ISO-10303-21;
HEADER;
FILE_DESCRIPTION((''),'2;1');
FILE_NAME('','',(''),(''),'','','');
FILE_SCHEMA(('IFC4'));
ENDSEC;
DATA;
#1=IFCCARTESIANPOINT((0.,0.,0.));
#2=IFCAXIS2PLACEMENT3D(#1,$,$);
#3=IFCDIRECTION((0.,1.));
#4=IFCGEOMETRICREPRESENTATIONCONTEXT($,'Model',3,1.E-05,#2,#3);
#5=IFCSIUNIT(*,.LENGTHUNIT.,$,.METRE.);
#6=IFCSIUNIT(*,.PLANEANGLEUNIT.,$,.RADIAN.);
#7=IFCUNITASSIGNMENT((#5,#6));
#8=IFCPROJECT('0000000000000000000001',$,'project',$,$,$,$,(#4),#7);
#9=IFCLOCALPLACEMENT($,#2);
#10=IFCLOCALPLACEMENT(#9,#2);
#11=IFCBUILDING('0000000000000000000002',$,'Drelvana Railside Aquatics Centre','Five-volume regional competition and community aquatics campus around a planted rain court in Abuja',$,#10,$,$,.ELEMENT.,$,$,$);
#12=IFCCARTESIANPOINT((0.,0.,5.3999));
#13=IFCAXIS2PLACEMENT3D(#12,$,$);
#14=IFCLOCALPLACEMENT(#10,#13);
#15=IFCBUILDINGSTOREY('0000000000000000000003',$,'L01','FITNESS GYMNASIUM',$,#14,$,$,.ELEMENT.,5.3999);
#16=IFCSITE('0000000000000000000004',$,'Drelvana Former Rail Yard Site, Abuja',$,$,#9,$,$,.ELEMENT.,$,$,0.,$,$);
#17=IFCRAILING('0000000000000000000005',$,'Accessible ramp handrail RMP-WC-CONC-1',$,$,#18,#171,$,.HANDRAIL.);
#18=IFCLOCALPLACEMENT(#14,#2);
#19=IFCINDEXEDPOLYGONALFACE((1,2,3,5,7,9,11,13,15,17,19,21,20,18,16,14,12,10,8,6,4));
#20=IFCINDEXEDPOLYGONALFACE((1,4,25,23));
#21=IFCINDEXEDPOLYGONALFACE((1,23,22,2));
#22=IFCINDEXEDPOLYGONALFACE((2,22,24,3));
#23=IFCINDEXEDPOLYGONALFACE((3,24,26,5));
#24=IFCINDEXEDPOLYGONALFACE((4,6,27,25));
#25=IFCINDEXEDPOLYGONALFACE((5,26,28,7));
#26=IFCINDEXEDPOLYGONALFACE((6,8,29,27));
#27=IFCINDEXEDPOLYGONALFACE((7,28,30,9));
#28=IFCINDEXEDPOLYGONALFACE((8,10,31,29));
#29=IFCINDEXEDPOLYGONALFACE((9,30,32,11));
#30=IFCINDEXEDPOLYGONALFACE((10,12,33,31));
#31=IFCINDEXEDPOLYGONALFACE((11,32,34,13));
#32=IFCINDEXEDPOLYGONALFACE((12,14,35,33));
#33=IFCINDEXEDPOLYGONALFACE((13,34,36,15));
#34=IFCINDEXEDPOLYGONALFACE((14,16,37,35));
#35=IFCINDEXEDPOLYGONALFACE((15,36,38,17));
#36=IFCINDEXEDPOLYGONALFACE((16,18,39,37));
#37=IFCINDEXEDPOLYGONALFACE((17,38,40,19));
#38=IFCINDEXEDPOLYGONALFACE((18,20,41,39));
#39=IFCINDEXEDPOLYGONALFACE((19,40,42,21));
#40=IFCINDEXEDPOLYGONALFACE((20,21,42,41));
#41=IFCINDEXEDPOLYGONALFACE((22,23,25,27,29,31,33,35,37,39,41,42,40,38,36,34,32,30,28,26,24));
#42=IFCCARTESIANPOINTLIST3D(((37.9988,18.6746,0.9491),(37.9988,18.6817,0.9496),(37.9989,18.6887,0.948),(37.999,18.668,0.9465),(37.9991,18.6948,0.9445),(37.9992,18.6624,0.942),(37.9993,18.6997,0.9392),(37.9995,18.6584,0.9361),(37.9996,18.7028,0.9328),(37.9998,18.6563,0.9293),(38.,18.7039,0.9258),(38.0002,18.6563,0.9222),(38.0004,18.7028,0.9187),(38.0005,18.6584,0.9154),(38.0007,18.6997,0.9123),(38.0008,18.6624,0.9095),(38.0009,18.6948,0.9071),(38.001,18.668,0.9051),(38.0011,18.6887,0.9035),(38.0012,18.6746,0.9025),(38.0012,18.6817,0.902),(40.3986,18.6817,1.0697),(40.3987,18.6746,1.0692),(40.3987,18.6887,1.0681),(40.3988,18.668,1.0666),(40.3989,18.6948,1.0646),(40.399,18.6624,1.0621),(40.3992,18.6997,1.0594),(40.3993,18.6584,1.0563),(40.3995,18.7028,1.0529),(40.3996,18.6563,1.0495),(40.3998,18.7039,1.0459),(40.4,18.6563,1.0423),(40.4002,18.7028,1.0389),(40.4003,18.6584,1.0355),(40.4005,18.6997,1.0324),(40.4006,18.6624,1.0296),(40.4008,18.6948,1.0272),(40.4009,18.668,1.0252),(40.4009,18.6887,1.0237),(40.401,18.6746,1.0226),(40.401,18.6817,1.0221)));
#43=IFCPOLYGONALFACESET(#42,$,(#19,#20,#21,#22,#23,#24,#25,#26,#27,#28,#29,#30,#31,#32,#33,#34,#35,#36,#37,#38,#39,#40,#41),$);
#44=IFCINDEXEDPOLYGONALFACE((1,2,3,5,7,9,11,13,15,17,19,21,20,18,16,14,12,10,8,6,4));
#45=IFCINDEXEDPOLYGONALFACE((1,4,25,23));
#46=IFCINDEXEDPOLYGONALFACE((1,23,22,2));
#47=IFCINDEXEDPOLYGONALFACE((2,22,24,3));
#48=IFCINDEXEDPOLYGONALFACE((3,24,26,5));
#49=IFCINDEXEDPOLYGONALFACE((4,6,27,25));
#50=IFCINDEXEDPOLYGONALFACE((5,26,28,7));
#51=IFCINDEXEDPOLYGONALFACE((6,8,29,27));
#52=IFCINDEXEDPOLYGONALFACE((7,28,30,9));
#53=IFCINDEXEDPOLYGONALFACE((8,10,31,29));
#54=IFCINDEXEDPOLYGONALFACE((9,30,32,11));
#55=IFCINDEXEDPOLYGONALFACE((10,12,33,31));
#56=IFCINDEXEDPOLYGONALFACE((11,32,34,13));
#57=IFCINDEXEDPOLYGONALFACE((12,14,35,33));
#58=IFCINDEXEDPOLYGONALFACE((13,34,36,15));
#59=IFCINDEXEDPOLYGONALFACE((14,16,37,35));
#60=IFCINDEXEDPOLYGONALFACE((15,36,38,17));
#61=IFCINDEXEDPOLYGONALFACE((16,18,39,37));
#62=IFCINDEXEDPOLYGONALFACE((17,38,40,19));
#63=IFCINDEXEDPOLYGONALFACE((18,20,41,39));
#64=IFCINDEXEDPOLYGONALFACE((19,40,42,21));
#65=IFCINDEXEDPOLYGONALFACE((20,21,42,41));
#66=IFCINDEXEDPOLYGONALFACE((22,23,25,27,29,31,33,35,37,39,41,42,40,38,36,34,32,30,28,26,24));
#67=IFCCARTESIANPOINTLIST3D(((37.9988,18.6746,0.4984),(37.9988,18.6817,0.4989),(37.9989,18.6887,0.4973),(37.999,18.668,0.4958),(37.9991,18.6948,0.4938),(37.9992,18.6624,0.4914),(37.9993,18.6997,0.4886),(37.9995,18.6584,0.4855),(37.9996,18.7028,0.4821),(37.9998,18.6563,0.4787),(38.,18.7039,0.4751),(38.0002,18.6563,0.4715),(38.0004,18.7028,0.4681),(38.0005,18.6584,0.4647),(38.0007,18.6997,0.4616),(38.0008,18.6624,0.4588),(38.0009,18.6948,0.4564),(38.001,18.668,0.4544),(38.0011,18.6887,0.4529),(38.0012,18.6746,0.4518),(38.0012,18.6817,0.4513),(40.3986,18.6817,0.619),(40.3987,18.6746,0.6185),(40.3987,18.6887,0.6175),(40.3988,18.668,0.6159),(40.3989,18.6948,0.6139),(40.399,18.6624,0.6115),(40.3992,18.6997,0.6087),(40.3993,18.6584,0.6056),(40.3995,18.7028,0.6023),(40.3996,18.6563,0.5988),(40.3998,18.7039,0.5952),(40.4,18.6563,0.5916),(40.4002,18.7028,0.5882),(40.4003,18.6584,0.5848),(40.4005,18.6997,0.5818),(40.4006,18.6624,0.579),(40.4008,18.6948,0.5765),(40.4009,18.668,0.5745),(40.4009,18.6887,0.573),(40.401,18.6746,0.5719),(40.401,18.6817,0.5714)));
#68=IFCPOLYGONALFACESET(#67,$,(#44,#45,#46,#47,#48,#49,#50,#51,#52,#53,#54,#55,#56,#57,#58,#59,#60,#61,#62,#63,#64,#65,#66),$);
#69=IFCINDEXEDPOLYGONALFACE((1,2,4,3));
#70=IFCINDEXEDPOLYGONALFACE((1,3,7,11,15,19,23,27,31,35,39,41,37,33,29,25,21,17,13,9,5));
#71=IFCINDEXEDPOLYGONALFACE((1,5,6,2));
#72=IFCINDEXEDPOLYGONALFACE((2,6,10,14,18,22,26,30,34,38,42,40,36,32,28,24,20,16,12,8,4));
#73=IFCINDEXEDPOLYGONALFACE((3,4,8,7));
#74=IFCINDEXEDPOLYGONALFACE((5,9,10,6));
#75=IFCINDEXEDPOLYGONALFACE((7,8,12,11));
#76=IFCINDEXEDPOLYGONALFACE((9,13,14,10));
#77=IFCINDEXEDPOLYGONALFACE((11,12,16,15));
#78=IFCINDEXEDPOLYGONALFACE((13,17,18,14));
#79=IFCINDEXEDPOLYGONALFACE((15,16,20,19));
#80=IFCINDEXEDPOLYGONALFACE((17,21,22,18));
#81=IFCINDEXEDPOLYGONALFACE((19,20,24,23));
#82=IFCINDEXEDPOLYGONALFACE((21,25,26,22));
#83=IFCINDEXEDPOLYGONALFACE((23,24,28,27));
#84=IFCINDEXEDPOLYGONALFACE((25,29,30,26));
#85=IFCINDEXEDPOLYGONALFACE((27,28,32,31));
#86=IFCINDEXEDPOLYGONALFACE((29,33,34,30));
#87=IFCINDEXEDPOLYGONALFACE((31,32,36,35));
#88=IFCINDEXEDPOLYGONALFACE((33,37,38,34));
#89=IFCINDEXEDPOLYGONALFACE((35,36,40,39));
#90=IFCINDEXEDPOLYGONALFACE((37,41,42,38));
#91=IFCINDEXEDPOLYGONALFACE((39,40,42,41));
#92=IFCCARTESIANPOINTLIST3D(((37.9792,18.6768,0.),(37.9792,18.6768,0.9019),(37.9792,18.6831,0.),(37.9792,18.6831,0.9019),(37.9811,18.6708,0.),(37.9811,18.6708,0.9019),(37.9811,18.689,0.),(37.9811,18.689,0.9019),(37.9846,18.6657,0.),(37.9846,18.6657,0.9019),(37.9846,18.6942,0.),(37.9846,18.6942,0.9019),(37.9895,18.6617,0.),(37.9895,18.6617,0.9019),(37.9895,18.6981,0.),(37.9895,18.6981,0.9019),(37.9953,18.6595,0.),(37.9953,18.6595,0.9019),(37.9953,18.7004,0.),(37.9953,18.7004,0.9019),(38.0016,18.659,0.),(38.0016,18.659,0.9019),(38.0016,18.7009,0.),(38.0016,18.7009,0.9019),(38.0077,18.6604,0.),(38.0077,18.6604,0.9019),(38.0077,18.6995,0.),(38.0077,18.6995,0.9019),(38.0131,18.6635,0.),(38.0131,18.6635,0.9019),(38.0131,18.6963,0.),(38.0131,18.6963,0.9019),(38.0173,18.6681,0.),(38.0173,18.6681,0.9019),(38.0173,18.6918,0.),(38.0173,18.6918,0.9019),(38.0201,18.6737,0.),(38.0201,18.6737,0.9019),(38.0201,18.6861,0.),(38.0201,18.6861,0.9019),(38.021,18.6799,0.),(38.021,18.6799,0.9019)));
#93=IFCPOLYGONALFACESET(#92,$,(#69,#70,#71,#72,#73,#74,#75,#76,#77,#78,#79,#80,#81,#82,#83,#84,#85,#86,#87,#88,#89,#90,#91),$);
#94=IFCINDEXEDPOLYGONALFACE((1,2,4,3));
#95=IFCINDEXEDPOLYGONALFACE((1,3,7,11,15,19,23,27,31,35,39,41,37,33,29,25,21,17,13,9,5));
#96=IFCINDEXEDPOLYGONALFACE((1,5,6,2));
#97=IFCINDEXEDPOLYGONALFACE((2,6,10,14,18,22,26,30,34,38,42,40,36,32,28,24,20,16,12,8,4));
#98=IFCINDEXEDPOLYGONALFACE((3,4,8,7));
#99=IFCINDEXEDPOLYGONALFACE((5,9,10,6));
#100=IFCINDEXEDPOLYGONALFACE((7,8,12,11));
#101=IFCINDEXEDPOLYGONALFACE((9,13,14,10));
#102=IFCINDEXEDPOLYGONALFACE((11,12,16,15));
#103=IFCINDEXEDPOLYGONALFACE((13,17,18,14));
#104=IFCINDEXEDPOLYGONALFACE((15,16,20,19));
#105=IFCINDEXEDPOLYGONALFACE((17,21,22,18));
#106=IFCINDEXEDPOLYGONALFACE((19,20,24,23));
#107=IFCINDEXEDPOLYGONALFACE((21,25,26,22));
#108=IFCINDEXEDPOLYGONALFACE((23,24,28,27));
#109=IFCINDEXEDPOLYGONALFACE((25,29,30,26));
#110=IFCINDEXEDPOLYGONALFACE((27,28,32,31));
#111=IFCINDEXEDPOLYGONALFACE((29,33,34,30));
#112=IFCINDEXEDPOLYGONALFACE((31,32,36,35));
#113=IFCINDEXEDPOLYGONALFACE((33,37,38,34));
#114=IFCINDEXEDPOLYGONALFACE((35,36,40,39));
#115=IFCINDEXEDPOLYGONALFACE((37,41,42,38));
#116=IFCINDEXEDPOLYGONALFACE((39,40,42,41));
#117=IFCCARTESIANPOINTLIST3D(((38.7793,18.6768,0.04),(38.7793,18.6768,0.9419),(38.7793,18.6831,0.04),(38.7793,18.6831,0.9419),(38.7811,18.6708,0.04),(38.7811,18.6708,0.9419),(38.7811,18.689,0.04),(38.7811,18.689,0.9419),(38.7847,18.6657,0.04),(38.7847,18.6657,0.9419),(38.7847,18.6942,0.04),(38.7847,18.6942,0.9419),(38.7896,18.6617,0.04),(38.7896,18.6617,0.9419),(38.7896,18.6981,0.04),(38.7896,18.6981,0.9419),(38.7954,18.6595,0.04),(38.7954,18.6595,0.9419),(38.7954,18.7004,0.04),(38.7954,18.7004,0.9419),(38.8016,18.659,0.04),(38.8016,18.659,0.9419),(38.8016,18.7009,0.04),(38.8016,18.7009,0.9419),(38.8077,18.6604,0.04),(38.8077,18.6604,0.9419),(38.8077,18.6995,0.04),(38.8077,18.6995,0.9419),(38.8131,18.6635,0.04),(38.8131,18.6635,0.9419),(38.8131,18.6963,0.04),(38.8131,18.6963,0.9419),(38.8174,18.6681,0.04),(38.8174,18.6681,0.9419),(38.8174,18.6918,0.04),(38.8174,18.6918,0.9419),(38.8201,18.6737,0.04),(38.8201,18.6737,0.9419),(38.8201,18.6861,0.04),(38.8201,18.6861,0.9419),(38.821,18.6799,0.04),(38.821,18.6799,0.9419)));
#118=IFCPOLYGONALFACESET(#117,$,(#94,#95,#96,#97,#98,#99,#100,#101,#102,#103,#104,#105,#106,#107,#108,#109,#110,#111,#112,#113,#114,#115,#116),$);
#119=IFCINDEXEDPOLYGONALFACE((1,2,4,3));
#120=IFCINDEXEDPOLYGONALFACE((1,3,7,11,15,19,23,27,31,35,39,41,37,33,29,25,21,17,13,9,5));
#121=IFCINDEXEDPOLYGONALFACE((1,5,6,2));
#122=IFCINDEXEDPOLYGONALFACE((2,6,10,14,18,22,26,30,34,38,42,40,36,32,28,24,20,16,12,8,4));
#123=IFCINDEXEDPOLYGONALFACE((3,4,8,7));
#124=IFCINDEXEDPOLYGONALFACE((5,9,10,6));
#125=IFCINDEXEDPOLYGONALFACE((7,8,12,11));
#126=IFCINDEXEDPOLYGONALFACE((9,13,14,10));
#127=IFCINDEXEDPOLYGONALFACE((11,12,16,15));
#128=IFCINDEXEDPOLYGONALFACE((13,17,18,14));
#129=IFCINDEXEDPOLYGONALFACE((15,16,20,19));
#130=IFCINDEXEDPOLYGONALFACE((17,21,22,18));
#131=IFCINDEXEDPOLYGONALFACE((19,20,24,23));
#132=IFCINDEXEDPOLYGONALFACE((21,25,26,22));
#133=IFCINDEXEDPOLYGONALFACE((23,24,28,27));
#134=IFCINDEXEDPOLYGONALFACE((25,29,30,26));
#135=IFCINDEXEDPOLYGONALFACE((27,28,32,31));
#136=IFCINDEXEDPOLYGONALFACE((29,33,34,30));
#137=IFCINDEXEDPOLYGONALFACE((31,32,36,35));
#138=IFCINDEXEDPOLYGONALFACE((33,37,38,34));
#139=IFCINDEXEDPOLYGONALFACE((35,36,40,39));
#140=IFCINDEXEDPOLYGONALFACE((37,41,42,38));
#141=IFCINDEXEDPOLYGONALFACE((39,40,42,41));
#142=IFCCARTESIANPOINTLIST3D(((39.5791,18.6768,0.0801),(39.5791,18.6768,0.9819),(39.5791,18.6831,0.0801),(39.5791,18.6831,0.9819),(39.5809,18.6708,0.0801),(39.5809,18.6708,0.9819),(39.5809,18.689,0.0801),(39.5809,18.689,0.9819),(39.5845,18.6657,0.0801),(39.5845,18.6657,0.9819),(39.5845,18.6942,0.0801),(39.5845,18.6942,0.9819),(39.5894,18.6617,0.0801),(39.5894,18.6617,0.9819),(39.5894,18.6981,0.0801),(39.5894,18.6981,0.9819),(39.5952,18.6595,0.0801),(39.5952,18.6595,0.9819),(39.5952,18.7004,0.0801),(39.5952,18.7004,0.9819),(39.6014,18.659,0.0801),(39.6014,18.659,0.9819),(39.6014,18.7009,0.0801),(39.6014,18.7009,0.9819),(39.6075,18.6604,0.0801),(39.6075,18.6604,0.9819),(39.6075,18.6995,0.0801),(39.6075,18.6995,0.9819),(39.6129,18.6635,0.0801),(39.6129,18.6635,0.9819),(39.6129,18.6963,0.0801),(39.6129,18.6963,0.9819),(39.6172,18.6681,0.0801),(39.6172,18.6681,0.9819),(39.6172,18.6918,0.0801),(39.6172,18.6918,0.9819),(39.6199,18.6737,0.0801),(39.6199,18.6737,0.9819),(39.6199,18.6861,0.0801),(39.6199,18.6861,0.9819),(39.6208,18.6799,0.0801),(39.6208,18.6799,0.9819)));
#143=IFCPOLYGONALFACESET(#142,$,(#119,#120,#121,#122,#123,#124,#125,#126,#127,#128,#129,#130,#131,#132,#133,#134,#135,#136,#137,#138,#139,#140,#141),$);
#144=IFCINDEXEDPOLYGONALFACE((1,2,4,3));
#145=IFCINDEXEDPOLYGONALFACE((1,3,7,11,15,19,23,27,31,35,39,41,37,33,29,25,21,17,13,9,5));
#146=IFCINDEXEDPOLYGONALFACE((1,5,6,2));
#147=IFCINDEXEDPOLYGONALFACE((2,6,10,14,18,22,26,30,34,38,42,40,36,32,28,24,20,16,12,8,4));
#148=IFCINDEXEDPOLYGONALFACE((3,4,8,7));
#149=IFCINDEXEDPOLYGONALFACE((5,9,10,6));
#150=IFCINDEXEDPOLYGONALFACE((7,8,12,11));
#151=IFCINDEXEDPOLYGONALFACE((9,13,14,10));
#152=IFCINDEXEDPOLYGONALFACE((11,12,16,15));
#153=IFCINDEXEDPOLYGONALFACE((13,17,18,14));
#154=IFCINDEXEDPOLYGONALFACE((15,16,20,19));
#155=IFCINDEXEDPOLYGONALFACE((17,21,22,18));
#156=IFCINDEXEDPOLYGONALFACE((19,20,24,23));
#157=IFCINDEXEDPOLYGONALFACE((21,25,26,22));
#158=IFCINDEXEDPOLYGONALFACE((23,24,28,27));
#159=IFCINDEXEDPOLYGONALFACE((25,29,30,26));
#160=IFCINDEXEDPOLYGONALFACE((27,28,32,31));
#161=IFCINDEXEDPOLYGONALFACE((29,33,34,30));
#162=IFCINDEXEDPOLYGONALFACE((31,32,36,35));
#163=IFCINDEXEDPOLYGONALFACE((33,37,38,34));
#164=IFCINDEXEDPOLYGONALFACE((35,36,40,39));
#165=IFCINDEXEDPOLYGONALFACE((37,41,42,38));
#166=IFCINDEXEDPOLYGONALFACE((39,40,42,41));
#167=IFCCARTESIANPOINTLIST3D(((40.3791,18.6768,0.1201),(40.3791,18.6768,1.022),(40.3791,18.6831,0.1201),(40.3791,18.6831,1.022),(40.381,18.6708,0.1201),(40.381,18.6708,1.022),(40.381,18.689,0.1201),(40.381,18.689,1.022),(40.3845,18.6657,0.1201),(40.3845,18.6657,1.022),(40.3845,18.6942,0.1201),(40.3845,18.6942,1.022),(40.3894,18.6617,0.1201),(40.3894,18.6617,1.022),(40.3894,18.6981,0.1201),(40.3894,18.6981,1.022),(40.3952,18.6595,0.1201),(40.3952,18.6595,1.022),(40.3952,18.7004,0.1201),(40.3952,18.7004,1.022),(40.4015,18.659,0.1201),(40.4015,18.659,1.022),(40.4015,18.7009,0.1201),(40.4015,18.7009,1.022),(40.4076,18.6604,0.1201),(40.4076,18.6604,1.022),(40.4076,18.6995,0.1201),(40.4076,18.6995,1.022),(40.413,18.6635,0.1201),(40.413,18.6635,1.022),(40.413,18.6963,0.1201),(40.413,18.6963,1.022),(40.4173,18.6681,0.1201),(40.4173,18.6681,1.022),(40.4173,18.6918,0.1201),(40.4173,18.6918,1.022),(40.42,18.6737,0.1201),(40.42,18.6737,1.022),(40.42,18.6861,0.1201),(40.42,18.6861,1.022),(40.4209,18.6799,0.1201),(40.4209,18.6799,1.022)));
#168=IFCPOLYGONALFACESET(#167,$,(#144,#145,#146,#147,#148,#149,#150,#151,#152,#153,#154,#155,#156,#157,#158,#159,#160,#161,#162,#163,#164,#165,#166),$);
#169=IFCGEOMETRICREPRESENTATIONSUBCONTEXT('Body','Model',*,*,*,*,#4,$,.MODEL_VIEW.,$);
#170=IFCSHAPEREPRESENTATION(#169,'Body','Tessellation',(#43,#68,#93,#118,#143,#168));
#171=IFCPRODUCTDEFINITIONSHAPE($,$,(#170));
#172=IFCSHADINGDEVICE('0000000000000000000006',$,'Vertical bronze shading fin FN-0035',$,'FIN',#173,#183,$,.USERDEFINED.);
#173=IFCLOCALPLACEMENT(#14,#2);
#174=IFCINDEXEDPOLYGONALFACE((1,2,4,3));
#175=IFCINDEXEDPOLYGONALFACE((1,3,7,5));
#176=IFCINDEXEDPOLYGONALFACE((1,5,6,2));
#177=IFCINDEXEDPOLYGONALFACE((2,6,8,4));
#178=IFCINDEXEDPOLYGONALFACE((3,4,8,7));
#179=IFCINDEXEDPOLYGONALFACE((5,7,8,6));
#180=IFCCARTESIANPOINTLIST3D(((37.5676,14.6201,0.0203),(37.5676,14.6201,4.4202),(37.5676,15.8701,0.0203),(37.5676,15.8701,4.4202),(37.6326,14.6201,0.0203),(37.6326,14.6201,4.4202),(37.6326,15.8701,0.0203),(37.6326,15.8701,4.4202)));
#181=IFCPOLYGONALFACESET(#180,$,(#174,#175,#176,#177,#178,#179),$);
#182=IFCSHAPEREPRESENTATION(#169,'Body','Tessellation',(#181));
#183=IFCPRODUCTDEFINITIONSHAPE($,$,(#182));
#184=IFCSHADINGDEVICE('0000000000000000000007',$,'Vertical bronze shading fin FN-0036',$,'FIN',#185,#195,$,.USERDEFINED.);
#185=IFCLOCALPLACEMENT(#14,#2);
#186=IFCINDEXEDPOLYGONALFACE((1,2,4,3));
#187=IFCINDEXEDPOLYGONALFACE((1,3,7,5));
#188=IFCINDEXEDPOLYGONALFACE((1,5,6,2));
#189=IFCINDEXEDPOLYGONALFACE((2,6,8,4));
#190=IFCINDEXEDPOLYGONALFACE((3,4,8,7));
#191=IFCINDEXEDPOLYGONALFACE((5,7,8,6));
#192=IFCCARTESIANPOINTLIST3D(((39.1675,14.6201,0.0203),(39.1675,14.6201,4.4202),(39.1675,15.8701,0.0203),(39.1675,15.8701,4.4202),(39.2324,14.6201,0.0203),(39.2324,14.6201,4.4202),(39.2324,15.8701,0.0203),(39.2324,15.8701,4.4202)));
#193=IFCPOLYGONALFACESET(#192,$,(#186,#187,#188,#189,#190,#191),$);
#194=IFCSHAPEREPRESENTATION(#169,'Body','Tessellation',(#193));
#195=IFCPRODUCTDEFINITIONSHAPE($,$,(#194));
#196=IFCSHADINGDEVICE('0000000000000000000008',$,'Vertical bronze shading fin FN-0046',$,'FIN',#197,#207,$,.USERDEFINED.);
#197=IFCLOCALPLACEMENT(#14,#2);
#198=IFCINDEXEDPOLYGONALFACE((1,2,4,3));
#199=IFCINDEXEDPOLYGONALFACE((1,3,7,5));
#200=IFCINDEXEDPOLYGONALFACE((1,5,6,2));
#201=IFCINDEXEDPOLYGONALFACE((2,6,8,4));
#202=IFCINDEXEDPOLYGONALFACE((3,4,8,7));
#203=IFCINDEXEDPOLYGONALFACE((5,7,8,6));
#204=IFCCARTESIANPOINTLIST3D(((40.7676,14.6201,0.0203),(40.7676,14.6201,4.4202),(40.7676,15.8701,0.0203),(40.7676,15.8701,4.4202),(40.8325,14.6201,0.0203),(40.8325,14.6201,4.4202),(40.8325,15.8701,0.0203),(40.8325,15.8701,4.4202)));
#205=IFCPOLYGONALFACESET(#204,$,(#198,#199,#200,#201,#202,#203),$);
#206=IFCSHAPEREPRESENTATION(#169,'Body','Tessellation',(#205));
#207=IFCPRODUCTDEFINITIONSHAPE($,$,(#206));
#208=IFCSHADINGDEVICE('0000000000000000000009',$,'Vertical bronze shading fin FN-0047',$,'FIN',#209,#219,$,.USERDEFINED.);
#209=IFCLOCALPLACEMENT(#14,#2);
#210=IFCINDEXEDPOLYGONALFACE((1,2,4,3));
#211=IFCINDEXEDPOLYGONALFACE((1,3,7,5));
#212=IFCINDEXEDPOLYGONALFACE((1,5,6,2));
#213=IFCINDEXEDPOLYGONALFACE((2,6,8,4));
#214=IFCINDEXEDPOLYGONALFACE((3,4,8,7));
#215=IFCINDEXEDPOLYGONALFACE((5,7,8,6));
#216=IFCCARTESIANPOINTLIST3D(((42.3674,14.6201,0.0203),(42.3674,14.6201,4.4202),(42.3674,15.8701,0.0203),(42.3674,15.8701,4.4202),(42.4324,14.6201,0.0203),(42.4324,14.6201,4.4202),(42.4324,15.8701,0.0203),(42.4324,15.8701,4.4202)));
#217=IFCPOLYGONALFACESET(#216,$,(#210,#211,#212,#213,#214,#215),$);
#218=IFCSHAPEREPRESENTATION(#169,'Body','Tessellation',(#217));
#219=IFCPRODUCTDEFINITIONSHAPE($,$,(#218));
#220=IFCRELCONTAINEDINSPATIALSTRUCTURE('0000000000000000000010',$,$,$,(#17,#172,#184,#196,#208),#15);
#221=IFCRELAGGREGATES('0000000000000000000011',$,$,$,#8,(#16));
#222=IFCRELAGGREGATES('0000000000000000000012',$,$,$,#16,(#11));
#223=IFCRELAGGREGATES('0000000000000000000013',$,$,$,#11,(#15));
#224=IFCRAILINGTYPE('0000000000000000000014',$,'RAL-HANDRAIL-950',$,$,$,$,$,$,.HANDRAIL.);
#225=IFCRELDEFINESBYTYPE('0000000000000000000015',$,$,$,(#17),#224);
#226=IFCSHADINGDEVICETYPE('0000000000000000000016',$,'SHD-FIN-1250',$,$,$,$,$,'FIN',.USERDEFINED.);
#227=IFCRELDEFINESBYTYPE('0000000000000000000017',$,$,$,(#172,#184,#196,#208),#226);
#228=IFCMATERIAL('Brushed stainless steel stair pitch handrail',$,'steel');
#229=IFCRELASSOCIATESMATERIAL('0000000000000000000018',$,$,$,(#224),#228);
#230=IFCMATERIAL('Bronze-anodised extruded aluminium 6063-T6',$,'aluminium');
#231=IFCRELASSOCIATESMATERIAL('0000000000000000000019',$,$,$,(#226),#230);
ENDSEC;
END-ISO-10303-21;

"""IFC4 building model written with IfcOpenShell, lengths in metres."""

from ifc_helpers import new_model, si_unit, direction, frame, origin, origin_2d, place, context, subcontext, project, spatial, rectangle, circle, extrude, material, type_object, element, save


model = new_model("IFC4")

# Units and contexts
model_context = context("Model", 3, precision=1e-05, world=origin(), true_north=direction((0.0, 1.0)))
body_context = subcontext(model_context, "Body", "Model", "MODEL_VIEW")
ifc_project = project(units=[si_unit("LENGTHUNIT", "METRE"), si_unit("PLANEANGLEUNIT", "RADIAN")], contexts=[model_context])

# Site, building, storey
site_placement = place(None, origin())
site = spatial("IfcSite", under=ifc_project, at=site_placement, Name="Drelvana Former Rail Yard Site, Abuja", CompositionType="ELEMENT", RefElevation=0.0)
building_placement = place(site_placement, origin())
building = spatial("IfcBuilding", under=site, at=building_placement, Name="Drelvana Railside Aquatics Centre", Description="Five-volume regional competition and community aquatics campus around a planted rain court in Abuja", CompositionType="ELEMENT")
storey_placement = place(building_placement, frame((0.0, 0.0, 5.3999)))
storey = spatial("IfcBuildingStorey", under=building, at=storey_placement, Name="L01", Description="FITNESS GYMNASIUM", CompositionType="ELEMENT", Elevation=5.3999)

# Shared definitions
ifc_material_1 = material(Name="Bronze-anodised extruded aluminium 6063-T6", Category="aluminium")

# Railing
ifc_material_2 = material(Name="Brushed stainless steel stair pitch handrail", Category="steel")
railing_type = type_object("IfcRailingType", Name="RAL-HANDRAIL-950", PredefinedType="HANDRAIL", material=ifc_material_2)
for number, where, name in (
    (1, (38.0, 18.6799, 0.0), "Accessible ramp handrail RMP-WC-CONC-1"),
):
    element("IfcRailing", number, at=place(storey_placement, frame(where)), inside=storey, type_object=railing_type, Name=name, PredefinedType="HANDRAIL", context=body_context, shape_type="SweptSolid", body=[
        extrude(circle(Radius=0.0239, at=origin_2d()), frame((0.0, 0.0, 0.9258), z_axis=(0.99875, 0.0, 0.049988), x_axis=(0.0, 1.0, 0.0)), (0.0, 0.0, 1.0), 2.4028),
        extrude(circle(Radius=0.0239, at=origin_2d()), frame((0.0, 0.0, 0.4751), z_axis=(0.99875, 0.0, 0.049988), x_axis=(0.0, 1.0, 0.0)), (0.0, 0.0, 1.0), 2.4028),
        extrude(circle(Radius=0.021, at=origin_2d()), origin(), (0.0, 0.0, 1.0), 0.9019),
        extrude(circle(Radius=0.021, at=origin_2d()), frame((0.8, 0.0, 0.04)), (0.0, 0.0, 1.0), 0.9019),
        extrude(circle(Radius=0.021, at=origin_2d()), frame((1.5999, 0.0, 0.0801)), (0.0, 0.0, 1.0), 0.9019),
        extrude(circle(Radius=0.021, at=origin_2d()), frame((2.3999, 0.0, 0.1201)), (0.0, 0.0, 1.0), 0.9019),
    ])

# Shading devices
shading_device_type = type_object("IfcShadingDeviceType", Name="SHD-FIN-1250", ElementType="FIN", PredefinedType="USERDEFINED", material=ifc_material_1)
for number, where, z_axis, x_axis, name in (
    (2, (37.6001, 15.2451, 0.0203), (0.0, 0.0, 1.0), (0.0, -1.0, 0.0), "Vertical bronze shading fin FN-0035"),
    (3, (39.2, 15.2451, 0.0203), (0.0, 0.0, 1.0), (0.0, -1.0, 0.0), "Vertical bronze shading fin FN-0036"),
    (4, (40.8, 15.2451, 0.0203), (0.0, 0.0, 1.0), (0.0, -1.0, 0.0), "Vertical bronze shading fin FN-0046"),
    (5, (42.3999, 15.2451, 0.0203), (0.0, 0.0, 1.0), (0.0, -1.0, 0.0), "Vertical bronze shading fin FN-0047"),
):
    element("IfcShadingDevice", number, at=place(storey_placement, frame(where, z_axis=z_axis, x_axis=x_axis)), inside=storey, type_object=shading_device_type, Name=name, ObjectType="FIN", PredefinedType="USERDEFINED", context=body_context, shape_type="SweptSolid", body=[
        extrude(rectangle(XDim=1.25, YDim=0.0649, at=origin_2d()), origin(), (0.0, 0.0, 1.0), 4.3999),
    ])

save(model, "model.ifc")
